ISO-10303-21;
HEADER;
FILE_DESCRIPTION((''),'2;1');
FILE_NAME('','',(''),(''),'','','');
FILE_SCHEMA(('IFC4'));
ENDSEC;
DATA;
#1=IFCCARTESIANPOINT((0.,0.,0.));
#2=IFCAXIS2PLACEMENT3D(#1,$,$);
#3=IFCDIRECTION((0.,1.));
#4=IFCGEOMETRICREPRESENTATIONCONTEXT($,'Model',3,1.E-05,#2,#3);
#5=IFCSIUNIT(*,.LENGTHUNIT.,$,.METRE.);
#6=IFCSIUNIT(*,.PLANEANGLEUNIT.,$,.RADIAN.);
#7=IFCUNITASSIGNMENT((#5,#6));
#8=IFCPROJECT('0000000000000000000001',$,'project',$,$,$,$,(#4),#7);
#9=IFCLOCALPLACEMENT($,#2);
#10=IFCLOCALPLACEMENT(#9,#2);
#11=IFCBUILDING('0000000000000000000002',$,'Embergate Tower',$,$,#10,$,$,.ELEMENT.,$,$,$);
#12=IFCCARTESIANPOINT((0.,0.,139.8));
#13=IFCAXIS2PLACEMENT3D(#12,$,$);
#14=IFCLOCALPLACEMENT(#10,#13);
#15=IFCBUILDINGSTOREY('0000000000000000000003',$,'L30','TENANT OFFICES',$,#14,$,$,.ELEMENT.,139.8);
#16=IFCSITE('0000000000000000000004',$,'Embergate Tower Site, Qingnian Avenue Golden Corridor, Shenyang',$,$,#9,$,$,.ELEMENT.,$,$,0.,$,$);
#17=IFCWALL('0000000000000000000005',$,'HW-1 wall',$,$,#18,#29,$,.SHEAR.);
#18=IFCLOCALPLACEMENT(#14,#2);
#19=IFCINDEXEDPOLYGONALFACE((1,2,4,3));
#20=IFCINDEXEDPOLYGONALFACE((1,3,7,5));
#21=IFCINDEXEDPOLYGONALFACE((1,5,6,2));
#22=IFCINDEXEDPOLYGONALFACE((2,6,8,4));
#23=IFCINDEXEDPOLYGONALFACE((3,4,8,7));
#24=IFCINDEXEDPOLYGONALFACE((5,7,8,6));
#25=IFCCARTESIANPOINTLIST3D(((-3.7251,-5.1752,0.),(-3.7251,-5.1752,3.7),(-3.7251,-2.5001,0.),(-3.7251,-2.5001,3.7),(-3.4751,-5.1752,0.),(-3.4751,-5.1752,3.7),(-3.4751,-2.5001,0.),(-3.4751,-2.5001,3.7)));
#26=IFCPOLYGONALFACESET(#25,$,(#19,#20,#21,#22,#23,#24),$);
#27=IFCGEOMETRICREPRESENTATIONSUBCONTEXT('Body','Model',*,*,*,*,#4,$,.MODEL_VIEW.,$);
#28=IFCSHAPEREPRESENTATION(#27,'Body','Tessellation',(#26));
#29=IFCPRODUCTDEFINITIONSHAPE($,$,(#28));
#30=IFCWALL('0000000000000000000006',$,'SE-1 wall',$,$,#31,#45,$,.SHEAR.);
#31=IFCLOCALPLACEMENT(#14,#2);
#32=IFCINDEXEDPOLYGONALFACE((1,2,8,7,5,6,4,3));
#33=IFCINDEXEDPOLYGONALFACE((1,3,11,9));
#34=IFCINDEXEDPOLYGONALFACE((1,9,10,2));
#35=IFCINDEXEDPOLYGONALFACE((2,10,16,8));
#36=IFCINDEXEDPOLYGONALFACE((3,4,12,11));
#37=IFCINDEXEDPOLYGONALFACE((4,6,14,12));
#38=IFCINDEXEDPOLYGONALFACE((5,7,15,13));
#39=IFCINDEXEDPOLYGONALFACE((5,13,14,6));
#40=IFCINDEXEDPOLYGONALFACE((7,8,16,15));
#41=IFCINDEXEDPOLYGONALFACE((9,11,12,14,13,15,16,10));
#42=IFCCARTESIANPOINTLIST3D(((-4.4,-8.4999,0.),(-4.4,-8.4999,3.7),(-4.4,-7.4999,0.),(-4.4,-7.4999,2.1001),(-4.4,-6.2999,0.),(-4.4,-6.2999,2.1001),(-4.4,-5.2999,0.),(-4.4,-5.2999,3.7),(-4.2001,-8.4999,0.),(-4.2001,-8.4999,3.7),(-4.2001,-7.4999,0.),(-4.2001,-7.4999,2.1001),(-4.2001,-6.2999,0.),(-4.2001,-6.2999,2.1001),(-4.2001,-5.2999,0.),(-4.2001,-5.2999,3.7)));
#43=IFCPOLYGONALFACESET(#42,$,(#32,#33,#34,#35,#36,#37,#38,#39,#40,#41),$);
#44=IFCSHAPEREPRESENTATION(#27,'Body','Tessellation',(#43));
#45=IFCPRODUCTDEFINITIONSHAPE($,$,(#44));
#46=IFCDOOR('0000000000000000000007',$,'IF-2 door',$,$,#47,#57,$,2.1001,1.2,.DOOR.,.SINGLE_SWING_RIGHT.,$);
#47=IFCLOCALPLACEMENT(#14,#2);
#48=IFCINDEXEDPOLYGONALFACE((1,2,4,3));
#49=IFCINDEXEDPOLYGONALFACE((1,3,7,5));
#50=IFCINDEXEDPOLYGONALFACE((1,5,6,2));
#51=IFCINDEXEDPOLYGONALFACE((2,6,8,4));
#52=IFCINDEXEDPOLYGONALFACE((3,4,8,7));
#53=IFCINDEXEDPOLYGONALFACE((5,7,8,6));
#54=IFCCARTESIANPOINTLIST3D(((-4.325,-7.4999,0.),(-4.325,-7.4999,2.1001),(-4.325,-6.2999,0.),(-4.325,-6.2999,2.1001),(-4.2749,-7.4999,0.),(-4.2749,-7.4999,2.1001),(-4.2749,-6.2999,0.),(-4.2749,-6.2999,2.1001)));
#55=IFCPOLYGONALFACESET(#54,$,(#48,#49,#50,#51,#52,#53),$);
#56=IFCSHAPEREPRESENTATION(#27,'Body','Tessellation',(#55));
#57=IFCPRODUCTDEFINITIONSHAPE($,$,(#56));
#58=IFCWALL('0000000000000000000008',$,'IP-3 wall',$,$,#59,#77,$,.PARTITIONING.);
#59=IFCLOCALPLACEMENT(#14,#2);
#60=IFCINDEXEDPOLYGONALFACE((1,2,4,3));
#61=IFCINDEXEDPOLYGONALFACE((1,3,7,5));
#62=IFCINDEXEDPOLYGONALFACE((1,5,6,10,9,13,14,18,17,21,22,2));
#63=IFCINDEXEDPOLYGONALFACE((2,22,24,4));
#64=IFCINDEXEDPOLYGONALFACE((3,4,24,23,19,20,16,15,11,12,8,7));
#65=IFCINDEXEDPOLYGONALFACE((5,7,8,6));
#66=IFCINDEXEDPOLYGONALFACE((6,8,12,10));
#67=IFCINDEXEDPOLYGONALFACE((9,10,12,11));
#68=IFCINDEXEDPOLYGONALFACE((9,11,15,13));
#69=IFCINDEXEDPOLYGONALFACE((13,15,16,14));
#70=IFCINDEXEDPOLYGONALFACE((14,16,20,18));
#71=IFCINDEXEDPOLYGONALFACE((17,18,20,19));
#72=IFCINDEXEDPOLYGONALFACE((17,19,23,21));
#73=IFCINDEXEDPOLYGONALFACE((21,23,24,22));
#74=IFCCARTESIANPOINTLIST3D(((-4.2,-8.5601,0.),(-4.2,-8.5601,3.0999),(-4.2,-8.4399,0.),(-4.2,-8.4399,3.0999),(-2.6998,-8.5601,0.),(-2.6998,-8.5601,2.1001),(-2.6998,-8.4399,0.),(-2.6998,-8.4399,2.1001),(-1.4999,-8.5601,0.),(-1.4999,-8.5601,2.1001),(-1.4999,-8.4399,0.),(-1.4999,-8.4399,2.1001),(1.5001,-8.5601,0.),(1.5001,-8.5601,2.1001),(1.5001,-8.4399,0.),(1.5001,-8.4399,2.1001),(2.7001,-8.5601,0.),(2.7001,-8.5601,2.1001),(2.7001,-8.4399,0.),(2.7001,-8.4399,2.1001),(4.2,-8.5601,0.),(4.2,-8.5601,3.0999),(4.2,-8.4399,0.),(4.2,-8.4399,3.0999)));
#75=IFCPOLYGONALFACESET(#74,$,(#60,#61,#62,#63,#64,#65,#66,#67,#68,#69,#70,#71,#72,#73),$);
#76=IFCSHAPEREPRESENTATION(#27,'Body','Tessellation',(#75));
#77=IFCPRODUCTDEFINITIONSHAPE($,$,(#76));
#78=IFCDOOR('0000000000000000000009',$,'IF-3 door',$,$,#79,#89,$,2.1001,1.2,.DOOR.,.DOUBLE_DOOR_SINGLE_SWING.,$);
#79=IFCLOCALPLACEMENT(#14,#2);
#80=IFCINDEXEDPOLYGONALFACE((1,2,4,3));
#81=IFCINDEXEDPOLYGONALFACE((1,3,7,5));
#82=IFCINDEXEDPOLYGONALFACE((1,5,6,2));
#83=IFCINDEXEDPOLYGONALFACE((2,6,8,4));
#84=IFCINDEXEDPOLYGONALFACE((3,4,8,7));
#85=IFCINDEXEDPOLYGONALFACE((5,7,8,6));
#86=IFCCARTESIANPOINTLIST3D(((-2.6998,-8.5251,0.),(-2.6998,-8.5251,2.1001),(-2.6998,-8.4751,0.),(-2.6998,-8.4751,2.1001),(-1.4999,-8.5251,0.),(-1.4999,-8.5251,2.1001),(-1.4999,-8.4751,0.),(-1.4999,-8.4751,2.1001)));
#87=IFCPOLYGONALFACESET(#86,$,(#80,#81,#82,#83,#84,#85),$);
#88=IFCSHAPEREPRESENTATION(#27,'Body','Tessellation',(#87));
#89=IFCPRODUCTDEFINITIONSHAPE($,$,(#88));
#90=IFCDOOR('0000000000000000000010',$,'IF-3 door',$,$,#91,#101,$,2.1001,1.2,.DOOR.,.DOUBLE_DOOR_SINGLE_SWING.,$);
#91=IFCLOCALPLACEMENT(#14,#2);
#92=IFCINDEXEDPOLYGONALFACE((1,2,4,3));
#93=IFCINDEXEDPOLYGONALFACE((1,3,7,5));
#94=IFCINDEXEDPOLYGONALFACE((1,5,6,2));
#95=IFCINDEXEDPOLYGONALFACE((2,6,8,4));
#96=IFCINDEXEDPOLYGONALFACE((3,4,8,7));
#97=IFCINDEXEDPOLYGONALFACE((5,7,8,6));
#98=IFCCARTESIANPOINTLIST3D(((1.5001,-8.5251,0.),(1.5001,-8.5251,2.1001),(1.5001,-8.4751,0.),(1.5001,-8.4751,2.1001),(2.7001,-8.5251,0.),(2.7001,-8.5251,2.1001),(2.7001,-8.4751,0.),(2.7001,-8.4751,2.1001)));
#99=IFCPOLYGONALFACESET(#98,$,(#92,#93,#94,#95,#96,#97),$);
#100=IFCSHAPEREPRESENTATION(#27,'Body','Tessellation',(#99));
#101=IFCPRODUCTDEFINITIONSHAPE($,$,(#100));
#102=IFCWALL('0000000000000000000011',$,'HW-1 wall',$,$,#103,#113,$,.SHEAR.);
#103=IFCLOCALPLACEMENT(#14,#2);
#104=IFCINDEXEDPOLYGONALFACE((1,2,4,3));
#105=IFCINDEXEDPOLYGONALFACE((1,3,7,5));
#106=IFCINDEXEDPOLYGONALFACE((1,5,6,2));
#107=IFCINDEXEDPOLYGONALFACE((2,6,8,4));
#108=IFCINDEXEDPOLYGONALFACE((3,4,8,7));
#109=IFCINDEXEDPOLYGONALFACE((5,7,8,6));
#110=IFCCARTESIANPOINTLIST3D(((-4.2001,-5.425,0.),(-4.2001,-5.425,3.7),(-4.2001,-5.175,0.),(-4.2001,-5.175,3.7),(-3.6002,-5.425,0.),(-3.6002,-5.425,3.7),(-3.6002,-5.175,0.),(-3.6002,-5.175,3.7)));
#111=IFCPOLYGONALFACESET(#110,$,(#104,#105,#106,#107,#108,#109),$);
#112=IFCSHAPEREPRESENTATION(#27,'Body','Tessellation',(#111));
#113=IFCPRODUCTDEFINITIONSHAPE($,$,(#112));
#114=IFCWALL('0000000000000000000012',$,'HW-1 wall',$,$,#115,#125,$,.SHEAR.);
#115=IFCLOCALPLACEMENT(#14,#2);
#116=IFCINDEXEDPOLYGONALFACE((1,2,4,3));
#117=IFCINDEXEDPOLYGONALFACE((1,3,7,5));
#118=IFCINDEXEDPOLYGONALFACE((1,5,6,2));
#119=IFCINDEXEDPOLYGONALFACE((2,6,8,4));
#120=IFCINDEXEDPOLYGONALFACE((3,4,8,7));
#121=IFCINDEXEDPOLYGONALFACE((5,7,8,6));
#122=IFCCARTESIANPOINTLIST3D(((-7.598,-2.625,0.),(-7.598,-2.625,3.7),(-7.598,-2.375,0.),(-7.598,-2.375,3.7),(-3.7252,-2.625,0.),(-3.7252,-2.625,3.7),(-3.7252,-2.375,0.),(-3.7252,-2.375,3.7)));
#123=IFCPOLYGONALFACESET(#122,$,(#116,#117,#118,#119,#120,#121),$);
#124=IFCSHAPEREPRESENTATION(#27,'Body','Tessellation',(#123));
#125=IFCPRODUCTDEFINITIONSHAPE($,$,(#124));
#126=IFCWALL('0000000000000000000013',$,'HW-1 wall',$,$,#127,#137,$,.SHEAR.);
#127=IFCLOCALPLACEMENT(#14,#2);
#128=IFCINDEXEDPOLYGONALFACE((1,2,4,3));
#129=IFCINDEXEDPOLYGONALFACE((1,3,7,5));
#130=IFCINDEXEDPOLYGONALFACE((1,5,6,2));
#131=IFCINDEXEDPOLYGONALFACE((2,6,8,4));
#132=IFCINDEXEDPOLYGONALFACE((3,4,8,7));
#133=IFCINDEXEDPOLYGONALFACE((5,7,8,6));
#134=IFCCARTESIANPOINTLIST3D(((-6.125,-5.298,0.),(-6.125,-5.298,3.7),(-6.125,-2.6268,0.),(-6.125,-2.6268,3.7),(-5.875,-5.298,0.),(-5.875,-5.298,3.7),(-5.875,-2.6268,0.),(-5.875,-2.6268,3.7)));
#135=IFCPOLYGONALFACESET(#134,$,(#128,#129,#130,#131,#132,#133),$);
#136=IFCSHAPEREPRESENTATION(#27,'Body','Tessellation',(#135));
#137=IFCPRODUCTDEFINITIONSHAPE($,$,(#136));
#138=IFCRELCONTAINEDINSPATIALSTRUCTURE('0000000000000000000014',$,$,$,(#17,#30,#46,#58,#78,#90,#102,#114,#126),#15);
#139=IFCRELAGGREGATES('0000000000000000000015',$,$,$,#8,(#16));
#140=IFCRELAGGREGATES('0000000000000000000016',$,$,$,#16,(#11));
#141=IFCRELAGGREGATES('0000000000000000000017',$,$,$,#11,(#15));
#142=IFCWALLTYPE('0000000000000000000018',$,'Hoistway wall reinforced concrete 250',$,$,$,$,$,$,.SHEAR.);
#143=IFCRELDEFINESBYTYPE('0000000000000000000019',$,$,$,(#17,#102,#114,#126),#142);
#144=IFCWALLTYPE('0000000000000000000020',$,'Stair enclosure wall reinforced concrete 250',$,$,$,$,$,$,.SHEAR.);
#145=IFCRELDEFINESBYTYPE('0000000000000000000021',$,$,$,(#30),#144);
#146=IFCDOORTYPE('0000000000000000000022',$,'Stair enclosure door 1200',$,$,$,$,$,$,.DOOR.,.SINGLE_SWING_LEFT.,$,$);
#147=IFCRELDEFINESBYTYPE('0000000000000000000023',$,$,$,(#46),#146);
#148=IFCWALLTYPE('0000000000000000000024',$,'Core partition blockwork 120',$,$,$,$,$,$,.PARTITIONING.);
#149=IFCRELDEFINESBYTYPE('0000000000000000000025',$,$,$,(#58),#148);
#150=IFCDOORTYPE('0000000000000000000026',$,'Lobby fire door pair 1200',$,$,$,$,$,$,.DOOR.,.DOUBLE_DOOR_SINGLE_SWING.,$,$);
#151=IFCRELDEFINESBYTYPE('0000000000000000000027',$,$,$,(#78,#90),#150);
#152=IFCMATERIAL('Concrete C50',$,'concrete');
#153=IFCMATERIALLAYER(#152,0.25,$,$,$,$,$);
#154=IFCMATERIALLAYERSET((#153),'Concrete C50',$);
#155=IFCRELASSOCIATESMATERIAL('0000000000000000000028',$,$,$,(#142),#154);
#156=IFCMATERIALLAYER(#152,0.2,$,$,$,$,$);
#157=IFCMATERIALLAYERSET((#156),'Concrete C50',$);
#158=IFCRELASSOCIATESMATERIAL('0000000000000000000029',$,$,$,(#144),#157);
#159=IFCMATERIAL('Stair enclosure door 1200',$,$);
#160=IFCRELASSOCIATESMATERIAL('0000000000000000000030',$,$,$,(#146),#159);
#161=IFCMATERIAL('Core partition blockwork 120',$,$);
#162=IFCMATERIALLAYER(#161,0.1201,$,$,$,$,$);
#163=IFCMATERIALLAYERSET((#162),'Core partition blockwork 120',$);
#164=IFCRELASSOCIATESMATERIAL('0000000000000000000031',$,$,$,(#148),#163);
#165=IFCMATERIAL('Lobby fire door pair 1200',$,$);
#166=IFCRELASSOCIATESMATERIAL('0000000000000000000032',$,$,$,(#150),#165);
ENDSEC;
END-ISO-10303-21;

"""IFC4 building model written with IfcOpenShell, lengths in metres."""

from ifc_helpers import new_model, si_unit, direction, frame, frame_2d, origin, place, context, subcontext, project, spatial, rectangle, extrude, source, transform, mapped, material, layer, layer_set, type_object, element, fill, save


model = new_model("IFC4")

# Units and contexts
model_context = context("Model", 3, precision=1e-05, world=origin(), true_north=direction((0.0, 1.0)))
body_context = subcontext(model_context, "Body", "Model", "MODEL_VIEW")
ifc_project = project(units=[si_unit("LENGTHUNIT", "METRE"), si_unit("PLANEANGLEUNIT", "RADIAN")], contexts=[model_context])

# Site, building, storey
site_placement = place(None, origin())
site = spatial("IfcSite", under=ifc_project, at=site_placement, Name="Embergate Tower Site, Qingnian Avenue Golden Corridor, Shenyang", CompositionType="ELEMENT", RefElevation=0.0)
building_placement = place(site_placement, origin())
building = spatial("IfcBuilding", under=site, at=building_placement, Name="Embergate Tower", CompositionType="ELEMENT")
storey_placement = place(building_placement, frame((0.0, 0.0, 139.8)))
storey = spatial("IfcBuildingStorey", under=building, at=storey_placement, Name="L30", Description="TENANT OFFICES", CompositionType="ELEMENT", Elevation=139.8)

# Wall
ifc_material_1 = material(Name="Concrete C50", Category="concrete")
ifc_layer_1 = layer(ifc_material_1, 0.25)
ifc_layer_set_1 = layer_set([ifc_layer_1], Name="Concrete C50")
wall_type_1 = type_object("IfcWallType", Name="Hoistway wall reinforced concrete 250", PredefinedType="SHEAR", material=ifc_layer_set_1)
shared_shape_1 = source(origin(), body_context, "Body", "SweptSolid", [
    extrude(rectangle(XDim=2.675, YDim=0.25, at=frame_2d((1.3374, 0.0))), origin(), (0.0, 0.0, 1.0), 3.7),
])
wall_1_placement = place(storey_placement, frame((-3.6001, -5.175, 0.0), z_axis=(0.0, 0.0, 1.0), x_axis=(0.0, 1.0, 0.0)))
element("IfcWall", 1, at=wall_1_placement, inside=storey, type_object=wall_type_1, Name="HW-1 wall", PredefinedType="SHEAR", context=body_context, shape_type="MappedRepresentation", body=[
    mapped(shared_shape_1, transform((0.0, 0.0, 0.0))),
])

# Wall, opening, door
ifc_layer_2 = layer(ifc_material_1, 0.2)
ifc_layer_set_2 = layer_set([ifc_layer_2], Name="Concrete C50")
wall_type_2 = type_object("IfcWallType", Name="Stair enclosure wall reinforced concrete 250", PredefinedType="SHEAR", material=ifc_layer_set_2)
shared_shape_2 = source(origin(), body_context, "Body", "SweptSolid", [
    extrude(rectangle(XDim=3.2, YDim=0.2, at=frame_2d((1.6001, 0.0))), origin(), (0.0, 0.0, 1.0), 3.7),
])
wall_2_placement = place(storey_placement, frame((-4.3, -8.5, 0.0), z_axis=(0.0, 0.0, 1.0), x_axis=(0.0, 1.0, 0.0)))
wall_2 = element("IfcWall", 2, at=wall_2_placement, inside=storey, type_object=wall_type_2, Name="SE-1 wall", PredefinedType="SHEAR", context=body_context, shape_type="MappedRepresentation", body=[
    mapped(shared_shape_2, transform((0.0, 0.0, 0.0))),
])
shared_shape_3 = source(origin(), body_context, "Body", "SweptSolid", [
    extrude(rectangle(XDim=1.2, YDim=2.1001, at=frame_2d((0.6001, 1.05))), frame((0.0, 0.1099, 0.0), z_axis=(0.0, -1.0, 0.0), x_axis=(1.0, 0.0, 0.0)), (0.0, 0.0, 1.0), 0.22),
])
opening_1_placement = place(wall_2_placement, frame((1.0, 0.0, 0.0)))
opening_1 = element("IfcOpeningElement", 3, at=opening_1_placement, cuts=wall_2, PredefinedType="OPENING", context=body_context, shape_type="MappedRepresentation", body=[
    mapped(shared_shape_3, transform((0.0, 0.0, 0.0))),
])
ifc_material_2 = material(Name="Stair enclosure door 1200")
door_type_1 = type_object("IfcDoorType", Name="Stair enclosure door 1200", OperationType="SINGLE_SWING_LEFT", PredefinedType="DOOR", material=ifc_material_2)
shared_shape_4 = source(origin(), body_context, "Body", "SweptSolid", [
    extrude(rectangle(XDim=1.2, YDim=2.1001, at=frame_2d((0.6001, 1.05))), frame((0.0, 0.0249, 0.0), z_axis=(0.0, -1.0, 0.0), x_axis=(1.0, 0.0, 0.0)), (0.0, 0.0, 1.0), 0.05),
])
door_1_placement = place(opening_1_placement, origin())
door_1 = element("IfcDoor", 4, at=door_1_placement, inside=storey, type_object=door_type_1, Name="IF-2 door", OperationType="SINGLE_SWING_RIGHT", OverallHeight=2.1001, OverallWidth=1.2, PredefinedType="DOOR", context=body_context, shape_type="MappedRepresentation", body=[
    mapped(shared_shape_4, transform((0.0, 0.0, 0.0))),
])
fill(opening_1, door_1)

# Wall, openings, doors
ifc_material_3 = material(Name="Core partition blockwork 120")
ifc_layer_3 = layer(ifc_material_3, 0.1201)
ifc_layer_set_3 = layer_set([ifc_layer_3], Name="Core partition blockwork 120")
wall_type_3 = type_object("IfcWallType", Name="Core partition blockwork 120", PredefinedType="PARTITIONING", material=ifc_layer_set_3)
shared_shape_5 = source(origin(), body_context, "Body", "SweptSolid", [
    extrude(rectangle(XDim=8.3999, YDim=0.1201, at=frame_2d((4.2, 0.0))), origin(), (0.0, 0.0, 1.0), 3.0999),
])
wall_3_placement = place(storey_placement, frame((-4.2, -8.5, 0.0), z_axis=(0.0, 0.0, 1.0), x_axis=(1.0, 0.0, 0.0)))
wall_3 = element("IfcWall", 5, at=wall_3_placement, inside=storey, type_object=wall_type_3, Name="IP-3 wall", PredefinedType="PARTITIONING", context=body_context, shape_type="MappedRepresentation", body=[
    mapped(shared_shape_5, transform((0.0, 0.0, 0.0))),
])
shared_shape_6 = source(origin(), body_context, "Body", "SweptSolid", [
    extrude(rectangle(XDim=1.2, YDim=2.1001, at=frame_2d((0.6001, 1.05))), frame((0.0, 0.0701, 0.0), z_axis=(0.0, -1.0, 0.0), x_axis=(1.0, 0.0, 0.0)), (0.0, 0.0, 1.0), 0.1401),
])
opening_2_placement = place(wall_3_placement, frame((1.5, 0.0, 0.0)))
opening_2 = element("IfcOpeningElement", 6, at=opening_2_placement, cuts=wall_3, PredefinedType="OPENING", context=body_context, shape_type="MappedRepresentation", body=[
    mapped(shared_shape_6, transform((0.0, 0.0, 0.0))),
])
opening_3_placement = place(wall_3_placement, frame((5.7, 0.0, 0.0)))
opening_3 = element("IfcOpeningElement", 7, at=opening_3_placement, cuts=wall_3, PredefinedType="OPENING", context=body_context, shape_type="MappedRepresentation", body=[
    mapped(shared_shape_6, transform((0.0, 0.0, 0.0))),
])
ifc_material_4 = material(Name="Lobby fire door pair 1200")
door_type_2 = type_object("IfcDoorType", Name="Lobby fire door pair 1200", OperationType="DOUBLE_DOOR_SINGLE_SWING", PredefinedType="DOOR", material=ifc_material_4)
door_2_placement = place(opening_2_placement, origin())
door_2 = element("IfcDoor", 8, at=door_2_placement, inside=storey, type_object=door_type_2, Name="IF-3 door", OperationType="DOUBLE_DOOR_SINGLE_SWING", OverallHeight=2.1001, OverallWidth=1.2, PredefinedType="DOOR", context=body_context, shape_type="MappedRepresentation", body=[
    mapped(shared_shape_4, transform((0.0, 0.0, 0.0))),
])
fill(opening_2, door_2)
door_3_placement = place(opening_3_placement, origin())
door_3 = element("IfcDoor", 9, at=door_3_placement, inside=storey, type_object=door_type_2, Name="IF-3 door", OperationType="DOUBLE_DOOR_SINGLE_SWING", OverallHeight=2.1001, OverallWidth=1.2, PredefinedType="DOOR", context=body_context, shape_type="MappedRepresentation", body=[
    mapped(shared_shape_4, transform((0.0, 0.0, 0.0))),
])
fill(opening_3, door_3)

# Walls
shared_shape_7 = source(origin(), body_context, "Body", "SweptSolid", [
    extrude(rectangle(XDim=0.5999, YDim=0.25, at=frame_2d((0.2998, 0.0))), origin(), (0.0, 0.0, 1.0), 3.7),
])
wall_4_placement = place(storey_placement, frame((-4.2, -5.3, 0.0), z_axis=(0.0, 0.0, 1.0), x_axis=(1.0, 0.0, 0.0)))
element("IfcWall", 10, at=wall_4_placement, inside=storey, type_object=wall_type_1, Name="HW-1 wall", PredefinedType="SHEAR", context=body_context, shape_type="MappedRepresentation", body=[
    mapped(shared_shape_7, transform((0.0, 0.0, 0.0))),
])
shared_shape_8 = source(origin(), body_context, "Body", "SweptSolid", [
    extrude(rectangle(XDim=3.8728, YDim=0.25, at=frame_2d((1.9365, 0.0))), origin(), (0.0, 0.0, 1.0), 3.7),
])
wall_5_placement = place(storey_placement, frame((-3.7251, -2.5, 0.0), z_axis=(0.0, 0.0, 1.0), x_axis=(-1.0, 0.0, 0.0)))
element("IfcWall", 11, at=wall_5_placement, inside=storey, type_object=wall_type_1, Name="HW-1 wall", PredefinedType="SHEAR", context=body_context, shape_type="MappedRepresentation", body=[
    mapped(shared_shape_8, transform((0.0, 0.0, 0.0))),
])
shared_shape_9 = source(origin(), body_context, "Body", "SweptSolid", [
    extrude(rectangle(XDim=2.6711, YDim=0.25, at=frame_2d((1.3354, 0.0))), origin(), (0.0, 0.0, 1.0), 3.7),
])
wall_6_placement = place(storey_placement, frame((-6.0, -2.627, 0.0), z_axis=(0.0, 0.0, 1.0), x_axis=(0.0, -1.0, 0.0)))
element("IfcWall", 12, at=wall_6_placement, inside=storey, type_object=wall_type_1, Name="HW-1 wall", PredefinedType="SHEAR", context=body_context, shape_type="MappedRepresentation", body=[
    mapped(shared_shape_9, transform((0.0, 0.0, 0.0))),
])

save(model, "model.ifc")
